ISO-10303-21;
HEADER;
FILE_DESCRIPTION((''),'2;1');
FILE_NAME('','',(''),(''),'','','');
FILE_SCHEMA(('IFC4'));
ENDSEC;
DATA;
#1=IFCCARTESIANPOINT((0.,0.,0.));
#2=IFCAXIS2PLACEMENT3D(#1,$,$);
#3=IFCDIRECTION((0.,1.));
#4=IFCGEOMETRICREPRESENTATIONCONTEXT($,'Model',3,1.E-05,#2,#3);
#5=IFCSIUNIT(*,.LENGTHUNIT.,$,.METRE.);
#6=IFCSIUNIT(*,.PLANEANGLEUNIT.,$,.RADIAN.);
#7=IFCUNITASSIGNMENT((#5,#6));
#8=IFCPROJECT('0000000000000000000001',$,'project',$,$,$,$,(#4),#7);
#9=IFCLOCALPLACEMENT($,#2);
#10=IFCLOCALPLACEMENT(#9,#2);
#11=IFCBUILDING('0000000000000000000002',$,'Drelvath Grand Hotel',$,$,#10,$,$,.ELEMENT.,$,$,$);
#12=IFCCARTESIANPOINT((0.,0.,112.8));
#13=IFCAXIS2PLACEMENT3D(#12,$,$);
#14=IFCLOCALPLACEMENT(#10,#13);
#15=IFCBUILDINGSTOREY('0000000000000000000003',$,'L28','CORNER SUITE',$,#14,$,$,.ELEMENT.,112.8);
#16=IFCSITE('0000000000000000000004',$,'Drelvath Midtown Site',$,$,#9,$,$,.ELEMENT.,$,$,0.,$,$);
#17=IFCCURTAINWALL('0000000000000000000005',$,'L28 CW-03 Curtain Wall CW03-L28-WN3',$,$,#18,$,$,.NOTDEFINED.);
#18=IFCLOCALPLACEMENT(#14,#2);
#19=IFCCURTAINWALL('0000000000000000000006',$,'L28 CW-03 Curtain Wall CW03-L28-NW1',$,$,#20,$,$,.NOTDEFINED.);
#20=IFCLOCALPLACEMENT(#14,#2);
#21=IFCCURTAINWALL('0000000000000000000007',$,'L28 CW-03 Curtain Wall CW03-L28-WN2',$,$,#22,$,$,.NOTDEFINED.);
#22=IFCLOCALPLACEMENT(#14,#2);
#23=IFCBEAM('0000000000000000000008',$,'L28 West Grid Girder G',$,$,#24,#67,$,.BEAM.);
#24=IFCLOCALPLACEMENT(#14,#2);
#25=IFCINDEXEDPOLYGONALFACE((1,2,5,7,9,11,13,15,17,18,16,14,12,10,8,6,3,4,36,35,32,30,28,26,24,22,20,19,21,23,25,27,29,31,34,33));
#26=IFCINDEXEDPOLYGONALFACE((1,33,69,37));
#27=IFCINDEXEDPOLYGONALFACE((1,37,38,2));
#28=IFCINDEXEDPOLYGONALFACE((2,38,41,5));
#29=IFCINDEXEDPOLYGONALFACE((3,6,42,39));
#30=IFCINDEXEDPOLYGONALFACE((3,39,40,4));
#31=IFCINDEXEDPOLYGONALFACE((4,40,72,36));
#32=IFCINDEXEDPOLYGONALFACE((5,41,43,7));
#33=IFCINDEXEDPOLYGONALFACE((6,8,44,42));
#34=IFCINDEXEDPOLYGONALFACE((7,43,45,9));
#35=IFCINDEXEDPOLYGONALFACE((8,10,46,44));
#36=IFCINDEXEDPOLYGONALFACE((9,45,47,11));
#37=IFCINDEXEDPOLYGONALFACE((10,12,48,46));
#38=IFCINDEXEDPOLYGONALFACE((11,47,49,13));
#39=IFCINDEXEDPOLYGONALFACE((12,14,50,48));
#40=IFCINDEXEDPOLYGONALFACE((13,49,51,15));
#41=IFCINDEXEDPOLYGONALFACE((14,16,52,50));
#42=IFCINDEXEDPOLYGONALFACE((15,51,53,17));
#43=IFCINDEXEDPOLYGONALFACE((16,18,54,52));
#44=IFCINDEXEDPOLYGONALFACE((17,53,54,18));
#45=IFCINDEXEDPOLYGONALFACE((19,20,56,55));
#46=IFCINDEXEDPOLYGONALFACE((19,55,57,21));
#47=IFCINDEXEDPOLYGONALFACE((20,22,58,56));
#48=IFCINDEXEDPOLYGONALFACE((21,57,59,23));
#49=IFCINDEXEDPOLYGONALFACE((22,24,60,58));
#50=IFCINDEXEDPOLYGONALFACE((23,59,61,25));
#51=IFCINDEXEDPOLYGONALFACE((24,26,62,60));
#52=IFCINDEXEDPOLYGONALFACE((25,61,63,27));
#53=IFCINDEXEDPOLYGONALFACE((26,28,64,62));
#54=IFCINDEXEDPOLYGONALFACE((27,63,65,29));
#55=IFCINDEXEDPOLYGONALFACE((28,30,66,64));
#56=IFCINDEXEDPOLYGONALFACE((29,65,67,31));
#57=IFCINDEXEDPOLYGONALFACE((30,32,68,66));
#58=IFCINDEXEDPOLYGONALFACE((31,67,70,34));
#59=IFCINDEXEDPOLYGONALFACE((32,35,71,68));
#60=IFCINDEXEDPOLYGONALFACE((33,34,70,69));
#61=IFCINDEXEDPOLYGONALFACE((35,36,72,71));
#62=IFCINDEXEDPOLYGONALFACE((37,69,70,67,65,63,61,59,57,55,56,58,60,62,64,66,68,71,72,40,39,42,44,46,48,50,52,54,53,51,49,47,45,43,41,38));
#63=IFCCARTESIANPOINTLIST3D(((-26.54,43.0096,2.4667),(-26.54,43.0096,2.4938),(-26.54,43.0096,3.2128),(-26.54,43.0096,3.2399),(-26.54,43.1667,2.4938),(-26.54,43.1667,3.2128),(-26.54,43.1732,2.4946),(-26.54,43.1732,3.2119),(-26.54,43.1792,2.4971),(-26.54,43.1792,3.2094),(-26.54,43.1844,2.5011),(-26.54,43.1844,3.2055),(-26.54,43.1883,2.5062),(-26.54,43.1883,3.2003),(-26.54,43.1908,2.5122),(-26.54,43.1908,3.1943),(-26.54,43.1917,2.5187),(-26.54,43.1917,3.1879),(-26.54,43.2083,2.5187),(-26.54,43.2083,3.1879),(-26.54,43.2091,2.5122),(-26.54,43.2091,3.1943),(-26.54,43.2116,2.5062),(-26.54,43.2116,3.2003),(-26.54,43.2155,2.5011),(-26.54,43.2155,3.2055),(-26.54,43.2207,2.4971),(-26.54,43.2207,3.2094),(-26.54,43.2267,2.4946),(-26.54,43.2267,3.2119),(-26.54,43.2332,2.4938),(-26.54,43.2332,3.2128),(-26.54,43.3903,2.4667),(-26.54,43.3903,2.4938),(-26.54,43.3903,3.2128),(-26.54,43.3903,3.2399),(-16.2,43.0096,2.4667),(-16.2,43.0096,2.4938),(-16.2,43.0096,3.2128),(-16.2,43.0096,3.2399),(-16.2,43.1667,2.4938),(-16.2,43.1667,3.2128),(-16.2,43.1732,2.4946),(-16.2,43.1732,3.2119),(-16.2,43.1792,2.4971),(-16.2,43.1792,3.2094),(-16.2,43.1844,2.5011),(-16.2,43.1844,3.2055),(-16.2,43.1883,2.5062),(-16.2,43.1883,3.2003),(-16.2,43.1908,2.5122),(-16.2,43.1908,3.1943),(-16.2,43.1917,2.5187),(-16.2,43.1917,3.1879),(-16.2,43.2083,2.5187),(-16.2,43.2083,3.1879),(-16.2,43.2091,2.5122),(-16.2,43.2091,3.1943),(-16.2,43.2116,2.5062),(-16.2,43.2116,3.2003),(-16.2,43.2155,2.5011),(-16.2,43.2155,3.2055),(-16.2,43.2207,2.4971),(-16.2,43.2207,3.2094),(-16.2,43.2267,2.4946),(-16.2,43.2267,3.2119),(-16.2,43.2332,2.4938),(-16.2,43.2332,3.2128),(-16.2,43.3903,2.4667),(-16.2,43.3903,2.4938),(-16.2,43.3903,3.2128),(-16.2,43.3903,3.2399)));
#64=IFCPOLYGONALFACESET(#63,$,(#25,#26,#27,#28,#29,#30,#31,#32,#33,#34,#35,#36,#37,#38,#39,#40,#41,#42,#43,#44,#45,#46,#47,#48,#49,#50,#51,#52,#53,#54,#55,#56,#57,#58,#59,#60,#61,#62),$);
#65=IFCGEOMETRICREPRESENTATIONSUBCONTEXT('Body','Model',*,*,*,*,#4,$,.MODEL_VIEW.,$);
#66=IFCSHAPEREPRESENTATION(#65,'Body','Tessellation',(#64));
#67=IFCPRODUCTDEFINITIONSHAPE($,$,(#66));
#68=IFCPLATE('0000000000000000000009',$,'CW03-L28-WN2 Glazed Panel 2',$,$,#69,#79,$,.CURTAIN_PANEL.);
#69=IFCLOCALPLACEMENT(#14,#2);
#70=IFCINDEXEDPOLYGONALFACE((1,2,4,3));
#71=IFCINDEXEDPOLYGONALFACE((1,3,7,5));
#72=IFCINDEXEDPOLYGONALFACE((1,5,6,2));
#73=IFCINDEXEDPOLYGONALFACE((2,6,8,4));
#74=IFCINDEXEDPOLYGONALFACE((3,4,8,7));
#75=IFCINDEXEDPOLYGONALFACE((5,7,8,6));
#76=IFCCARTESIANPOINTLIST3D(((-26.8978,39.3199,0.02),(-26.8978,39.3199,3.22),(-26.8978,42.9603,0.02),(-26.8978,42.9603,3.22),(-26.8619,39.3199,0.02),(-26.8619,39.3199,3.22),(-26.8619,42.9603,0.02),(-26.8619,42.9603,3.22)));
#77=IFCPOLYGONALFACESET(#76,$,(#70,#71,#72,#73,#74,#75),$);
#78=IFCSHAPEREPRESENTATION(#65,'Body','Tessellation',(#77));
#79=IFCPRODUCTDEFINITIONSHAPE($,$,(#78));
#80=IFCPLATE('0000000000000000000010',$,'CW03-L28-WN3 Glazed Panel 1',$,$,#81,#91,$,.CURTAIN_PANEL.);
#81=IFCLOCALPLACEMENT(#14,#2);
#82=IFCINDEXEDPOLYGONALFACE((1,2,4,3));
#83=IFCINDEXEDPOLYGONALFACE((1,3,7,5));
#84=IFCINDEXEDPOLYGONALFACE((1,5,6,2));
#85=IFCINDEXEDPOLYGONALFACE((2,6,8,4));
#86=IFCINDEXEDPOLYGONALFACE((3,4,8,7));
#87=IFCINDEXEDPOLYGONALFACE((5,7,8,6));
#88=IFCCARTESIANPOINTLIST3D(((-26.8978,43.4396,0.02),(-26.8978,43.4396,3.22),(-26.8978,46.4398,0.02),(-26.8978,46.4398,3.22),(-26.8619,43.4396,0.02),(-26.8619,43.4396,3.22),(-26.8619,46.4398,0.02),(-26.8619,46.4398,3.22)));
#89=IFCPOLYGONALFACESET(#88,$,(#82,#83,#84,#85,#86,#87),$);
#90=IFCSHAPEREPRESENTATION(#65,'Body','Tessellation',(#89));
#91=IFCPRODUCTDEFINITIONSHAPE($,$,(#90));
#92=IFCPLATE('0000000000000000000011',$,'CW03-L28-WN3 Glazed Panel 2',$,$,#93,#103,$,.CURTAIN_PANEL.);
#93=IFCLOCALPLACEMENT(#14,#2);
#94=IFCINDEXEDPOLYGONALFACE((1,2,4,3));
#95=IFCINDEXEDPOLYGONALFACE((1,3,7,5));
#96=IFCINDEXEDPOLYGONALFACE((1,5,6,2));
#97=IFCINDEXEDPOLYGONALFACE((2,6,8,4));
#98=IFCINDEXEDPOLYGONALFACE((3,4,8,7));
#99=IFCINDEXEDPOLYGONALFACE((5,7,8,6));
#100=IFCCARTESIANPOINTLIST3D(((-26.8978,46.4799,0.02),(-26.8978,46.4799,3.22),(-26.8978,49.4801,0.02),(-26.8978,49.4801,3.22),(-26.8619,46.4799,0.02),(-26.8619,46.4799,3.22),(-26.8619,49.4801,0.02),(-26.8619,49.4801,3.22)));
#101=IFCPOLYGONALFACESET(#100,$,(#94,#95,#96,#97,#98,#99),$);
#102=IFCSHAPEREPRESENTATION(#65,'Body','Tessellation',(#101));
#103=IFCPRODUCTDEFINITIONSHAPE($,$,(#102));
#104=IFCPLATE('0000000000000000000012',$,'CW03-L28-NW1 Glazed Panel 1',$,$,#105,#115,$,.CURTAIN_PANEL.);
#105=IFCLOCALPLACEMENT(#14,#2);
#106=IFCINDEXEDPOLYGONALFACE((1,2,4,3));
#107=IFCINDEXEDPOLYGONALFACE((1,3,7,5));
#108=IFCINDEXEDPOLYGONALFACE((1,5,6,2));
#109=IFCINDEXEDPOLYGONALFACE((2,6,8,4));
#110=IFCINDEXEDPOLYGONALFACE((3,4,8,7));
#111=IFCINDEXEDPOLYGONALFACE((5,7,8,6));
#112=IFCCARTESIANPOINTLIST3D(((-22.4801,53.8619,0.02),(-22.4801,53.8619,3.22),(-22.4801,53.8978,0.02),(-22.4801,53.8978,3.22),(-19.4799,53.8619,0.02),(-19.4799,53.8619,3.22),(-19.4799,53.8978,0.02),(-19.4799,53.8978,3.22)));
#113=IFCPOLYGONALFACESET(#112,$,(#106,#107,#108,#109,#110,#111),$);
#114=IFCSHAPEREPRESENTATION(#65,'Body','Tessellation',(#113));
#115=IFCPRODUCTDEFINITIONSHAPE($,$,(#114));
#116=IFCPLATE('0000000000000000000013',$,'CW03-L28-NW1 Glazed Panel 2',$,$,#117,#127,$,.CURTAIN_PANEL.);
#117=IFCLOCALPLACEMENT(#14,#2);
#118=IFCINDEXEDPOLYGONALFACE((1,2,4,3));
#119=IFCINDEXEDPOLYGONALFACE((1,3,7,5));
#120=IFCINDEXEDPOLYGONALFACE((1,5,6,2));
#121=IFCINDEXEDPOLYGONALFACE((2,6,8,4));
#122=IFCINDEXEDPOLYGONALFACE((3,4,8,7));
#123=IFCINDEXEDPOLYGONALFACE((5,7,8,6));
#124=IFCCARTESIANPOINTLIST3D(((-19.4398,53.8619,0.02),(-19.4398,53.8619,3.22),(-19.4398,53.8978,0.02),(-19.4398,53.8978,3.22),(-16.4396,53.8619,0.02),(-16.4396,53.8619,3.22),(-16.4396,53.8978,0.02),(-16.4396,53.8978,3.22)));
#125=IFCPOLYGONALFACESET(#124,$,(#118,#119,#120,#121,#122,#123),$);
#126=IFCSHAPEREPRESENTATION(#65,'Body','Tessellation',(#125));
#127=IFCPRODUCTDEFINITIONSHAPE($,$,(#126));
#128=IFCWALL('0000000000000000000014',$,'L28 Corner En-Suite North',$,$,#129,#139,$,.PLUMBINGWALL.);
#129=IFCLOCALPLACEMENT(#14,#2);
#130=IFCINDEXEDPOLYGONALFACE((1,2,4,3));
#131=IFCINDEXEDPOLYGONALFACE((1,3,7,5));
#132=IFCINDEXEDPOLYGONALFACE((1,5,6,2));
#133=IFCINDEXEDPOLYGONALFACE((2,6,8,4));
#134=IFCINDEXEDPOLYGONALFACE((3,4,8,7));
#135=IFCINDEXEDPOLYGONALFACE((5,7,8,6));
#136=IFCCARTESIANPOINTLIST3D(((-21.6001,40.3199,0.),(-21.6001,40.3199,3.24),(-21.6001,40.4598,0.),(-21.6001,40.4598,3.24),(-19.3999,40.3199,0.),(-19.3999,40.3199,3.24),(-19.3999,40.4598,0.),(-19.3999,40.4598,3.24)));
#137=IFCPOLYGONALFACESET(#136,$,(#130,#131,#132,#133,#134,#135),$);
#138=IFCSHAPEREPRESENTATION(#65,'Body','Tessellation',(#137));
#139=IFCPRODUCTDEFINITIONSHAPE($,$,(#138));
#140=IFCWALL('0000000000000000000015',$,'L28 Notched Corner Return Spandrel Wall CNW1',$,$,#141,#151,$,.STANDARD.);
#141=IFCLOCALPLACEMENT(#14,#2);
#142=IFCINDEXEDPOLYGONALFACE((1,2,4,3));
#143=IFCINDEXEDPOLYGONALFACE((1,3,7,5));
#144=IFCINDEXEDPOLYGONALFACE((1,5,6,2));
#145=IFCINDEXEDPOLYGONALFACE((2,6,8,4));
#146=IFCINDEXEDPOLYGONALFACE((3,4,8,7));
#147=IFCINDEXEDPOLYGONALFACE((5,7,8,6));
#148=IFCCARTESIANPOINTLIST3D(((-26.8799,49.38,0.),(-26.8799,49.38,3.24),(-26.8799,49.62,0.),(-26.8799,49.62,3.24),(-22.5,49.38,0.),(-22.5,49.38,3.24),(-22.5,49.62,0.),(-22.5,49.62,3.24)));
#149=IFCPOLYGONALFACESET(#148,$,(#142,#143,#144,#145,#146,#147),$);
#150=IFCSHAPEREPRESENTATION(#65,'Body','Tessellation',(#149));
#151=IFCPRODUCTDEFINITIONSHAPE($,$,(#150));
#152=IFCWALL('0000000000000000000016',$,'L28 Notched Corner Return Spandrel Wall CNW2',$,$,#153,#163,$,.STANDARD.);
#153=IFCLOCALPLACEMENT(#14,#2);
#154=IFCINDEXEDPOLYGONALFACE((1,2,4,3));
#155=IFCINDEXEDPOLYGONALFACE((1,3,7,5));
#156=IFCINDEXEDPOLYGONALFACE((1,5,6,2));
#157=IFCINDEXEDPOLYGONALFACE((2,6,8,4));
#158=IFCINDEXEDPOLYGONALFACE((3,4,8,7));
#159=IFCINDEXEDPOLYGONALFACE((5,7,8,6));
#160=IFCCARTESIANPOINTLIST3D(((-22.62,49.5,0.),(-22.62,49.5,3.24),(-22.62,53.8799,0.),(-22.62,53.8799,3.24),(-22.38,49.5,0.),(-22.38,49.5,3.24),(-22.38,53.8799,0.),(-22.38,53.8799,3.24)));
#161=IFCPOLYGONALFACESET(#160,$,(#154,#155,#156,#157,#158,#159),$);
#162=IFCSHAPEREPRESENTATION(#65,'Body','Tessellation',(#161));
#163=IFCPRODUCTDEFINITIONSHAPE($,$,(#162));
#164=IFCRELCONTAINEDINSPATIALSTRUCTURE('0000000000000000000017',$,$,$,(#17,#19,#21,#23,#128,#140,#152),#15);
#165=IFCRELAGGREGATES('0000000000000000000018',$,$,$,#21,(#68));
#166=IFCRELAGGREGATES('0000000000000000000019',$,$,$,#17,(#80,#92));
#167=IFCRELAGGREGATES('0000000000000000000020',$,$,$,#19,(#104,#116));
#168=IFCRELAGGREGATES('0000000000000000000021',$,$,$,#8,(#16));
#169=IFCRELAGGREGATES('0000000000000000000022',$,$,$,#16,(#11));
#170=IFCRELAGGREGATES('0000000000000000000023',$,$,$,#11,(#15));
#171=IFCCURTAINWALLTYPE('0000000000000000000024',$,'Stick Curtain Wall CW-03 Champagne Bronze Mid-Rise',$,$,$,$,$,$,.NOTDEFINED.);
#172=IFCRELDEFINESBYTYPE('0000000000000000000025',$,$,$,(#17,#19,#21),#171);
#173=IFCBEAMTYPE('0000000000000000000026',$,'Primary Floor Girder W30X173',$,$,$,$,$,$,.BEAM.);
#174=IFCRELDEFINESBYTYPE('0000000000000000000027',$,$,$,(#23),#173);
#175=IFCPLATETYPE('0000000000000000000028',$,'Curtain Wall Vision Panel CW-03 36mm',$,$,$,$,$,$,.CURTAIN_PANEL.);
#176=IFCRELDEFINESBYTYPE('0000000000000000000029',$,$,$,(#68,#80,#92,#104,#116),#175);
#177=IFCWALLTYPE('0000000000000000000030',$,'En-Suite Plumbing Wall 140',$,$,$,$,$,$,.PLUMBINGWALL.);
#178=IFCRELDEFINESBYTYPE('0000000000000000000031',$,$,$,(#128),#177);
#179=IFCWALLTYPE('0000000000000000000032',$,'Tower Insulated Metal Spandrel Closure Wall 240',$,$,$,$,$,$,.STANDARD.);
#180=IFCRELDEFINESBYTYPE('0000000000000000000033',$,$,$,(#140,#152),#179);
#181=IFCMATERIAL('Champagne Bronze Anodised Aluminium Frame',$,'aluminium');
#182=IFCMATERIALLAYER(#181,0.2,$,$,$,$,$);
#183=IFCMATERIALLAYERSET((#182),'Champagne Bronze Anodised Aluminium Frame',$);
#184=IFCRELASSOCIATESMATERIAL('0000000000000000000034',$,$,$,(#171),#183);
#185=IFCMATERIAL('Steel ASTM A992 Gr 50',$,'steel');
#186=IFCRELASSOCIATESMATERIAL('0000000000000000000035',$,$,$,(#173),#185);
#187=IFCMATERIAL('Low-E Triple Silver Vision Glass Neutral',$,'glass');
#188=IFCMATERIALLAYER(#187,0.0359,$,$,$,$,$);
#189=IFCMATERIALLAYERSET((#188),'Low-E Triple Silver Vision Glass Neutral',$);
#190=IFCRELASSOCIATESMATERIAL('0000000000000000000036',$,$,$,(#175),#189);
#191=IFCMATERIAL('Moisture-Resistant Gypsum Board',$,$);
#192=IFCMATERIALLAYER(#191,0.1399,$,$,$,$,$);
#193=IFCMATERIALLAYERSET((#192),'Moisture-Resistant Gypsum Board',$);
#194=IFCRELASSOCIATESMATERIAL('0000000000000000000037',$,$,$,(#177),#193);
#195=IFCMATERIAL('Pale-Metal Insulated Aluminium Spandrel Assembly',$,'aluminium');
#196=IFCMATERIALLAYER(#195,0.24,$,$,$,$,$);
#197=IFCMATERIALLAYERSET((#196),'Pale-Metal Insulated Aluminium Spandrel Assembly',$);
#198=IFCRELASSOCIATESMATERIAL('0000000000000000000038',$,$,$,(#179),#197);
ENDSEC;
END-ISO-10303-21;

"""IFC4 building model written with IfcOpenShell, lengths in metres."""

from ifc_helpers import new_model, si_unit, direction, frame, frame_2d, origin, origin_2d, place, context, subcontext, project, spatial, rectangle, i_section, extrude, material, layer, layer_set, material_profile, profile_set, type_object, element, aggregate, save


model = new_model("IFC4")

# Units and contexts
model_context = context("Model", 3, precision=1e-05, world=origin(), true_north=direction((0.0, 1.0)))
body_context = subcontext(model_context, "Body", "Model", "MODEL_VIEW")
ifc_project = project(units=[si_unit("LENGTHUNIT", "METRE"), si_unit("PLANEANGLEUNIT", "RADIAN")], contexts=[model_context])

# Site, building, storey
site_placement = place(None, origin())
site = spatial("IfcSite", under=ifc_project, at=site_placement, Name="Drelvath Midtown Site", CompositionType="ELEMENT", RefElevation=0.0)
building_placement = place(site_placement, origin())
building = spatial("IfcBuilding", under=site, at=building_placement, Name="Drelvath Grand Hotel", CompositionType="ELEMENT")
storey_placement = place(building_placement, frame((0.0, 0.0, 112.8)))
storey = spatial("IfcBuildingStorey", under=building, at=storey_placement, Name="L28", Description="CORNER SUITE", CompositionType="ELEMENT", Elevation=112.8)

# Shared definitions
ifc_material_1 = material(Name="Steel ASTM A992 Gr 50", Category="steel")

# Curtain walls
ifc_material_2 = material(Name="Champagne Bronze Anodised Aluminium Frame", Category="aluminium")
ifc_layer_1 = layer(ifc_material_2, 0.2)
ifc_layer_set_1 = layer_set([ifc_layer_1], Name="Champagne Bronze Anodised Aluminium Frame")
curtain_wall_type = type_object("IfcCurtainWallType", Name="Stick Curtain Wall CW-03 Champagne Bronze Mid-Rise", PredefinedType="NOTDEFINED", material=ifc_layer_set_1)
curtain_wall_1_placement = place(storey_placement, origin())
curtain_wall_1 = element("IfcCurtainWall", 1, at=curtain_wall_1_placement, inside=storey, type_object=curtain_wall_type, Name="L28 CW-03 Curtain Wall CW03-L28-WN3", PredefinedType="NOTDEFINED")
curtain_wall_2_placement = place(storey_placement, origin())
curtain_wall_2 = element("IfcCurtainWall", 2, at=curtain_wall_2_placement, inside=storey, type_object=curtain_wall_type, Name="L28 CW-03 Curtain Wall CW03-L28-NW1", PredefinedType="NOTDEFINED")

# Curtain wall
curtain_wall_3_placement = place(storey_placement, origin())
curtain_wall_3 = element("IfcCurtainWall", 3, at=curtain_wall_3_placement, inside=storey, type_object=curtain_wall_type, Name="L28 CW-03 Curtain Wall CW03-L28-WN2", PredefinedType="NOTDEFINED")

# Beam
ifc_material_profile_1 = material_profile(ifc_material_1, i_section(OverallWidth=0.3806, OverallDepth=0.7732, WebThickness=0.0166, FlangeThickness=0.0271, FilletRadius=0.0249, at=origin_2d()), Name="W30X173")
ifc_profile_set_1 = profile_set([ifc_material_profile_1], Name="Steel ASTM A992 Gr 50")
beam_type_1 = type_object("IfcBeamType", Name="Primary Floor Girder W30X173", PredefinedType="BEAM", material=ifc_profile_set_1)
beam_1_placement = place(storey_placement, frame((-26.54, 43.2, 2.8533), z_axis=(1.0, 0.0, 0.0), x_axis=(0.0, 1.0, 0.0)))
element("IfcBeam", 4, at=beam_1_placement, inside=storey, type_object=beam_type_1, Name="L28 West Grid Girder G", PredefinedType="BEAM", context=body_context, shape_type="SweptSolid", body=[
    extrude(i_section(OverallWidth=0.3806, OverallDepth=0.7732, WebThickness=0.0166, FlangeThickness=0.0271, FilletRadius=0.0249, at=origin_2d()), origin(), (0.0, 0.0, 1.0), 10.3401),
])

# Plates
ifc_material_3 = material(Name="Low-E Triple Silver Vision Glass Neutral", Category="glass")
ifc_layer_2 = layer(ifc_material_3, 0.0359)
ifc_layer_set_2 = layer_set([ifc_layer_2], Name="Low-E Triple Silver Vision Glass Neutral")
plate_type = type_object("IfcPlateType", Name="Curtain Wall Vision Panel CW-03 36mm", PredefinedType="CURTAIN_PANEL", material=ifc_layer_set_2)
plate_1_placement = place(storey_placement, frame((-26.8799, 41.1401, 0.02), z_axis=(0.0, 0.0, 1.0), x_axis=(0.0, 1.0, 0.0)))
plate_1 = element("IfcPlate", 5, at=plate_1_placement, type_object=plate_type, Name="CW03-L28-WN2 Glazed Panel 2", PredefinedType="CURTAIN_PANEL", context=body_context, shape_type="SweptSolid", body=[
    extrude(rectangle(XDim=3.6404, YDim=0.0359, at=origin_2d()), origin(), (0.0, 0.0, 1.0), 3.2),
])
aggregate(curtain_wall_3, [plate_1])
plate_2_placement = place(storey_placement, frame((-26.8799, 44.9397, 0.02), z_axis=(0.0, 0.0, 1.0), x_axis=(0.0, 1.0, 0.0)))
plate_2 = element("IfcPlate", 6, at=plate_2_placement, type_object=plate_type, Name="CW03-L28-WN3 Glazed Panel 1", PredefinedType="CURTAIN_PANEL", context=body_context, shape_type="SweptSolid", body=[
    extrude(rectangle(XDim=3.0002, YDim=0.0359, at=origin_2d()), origin(), (0.0, 0.0, 1.0), 3.2),
])
plate_3_placement = place(storey_placement, frame((-26.8799, 47.98, 0.02), z_axis=(0.0, 0.0, 1.0), x_axis=(0.0, 1.0, 0.0)))
plate_3 = element("IfcPlate", 7, at=plate_3_placement, type_object=plate_type, Name="CW03-L28-WN3 Glazed Panel 2", PredefinedType="CURTAIN_PANEL", context=body_context, shape_type="SweptSolid", body=[
    extrude(rectangle(XDim=3.0002, YDim=0.0359, at=origin_2d()), origin(), (0.0, 0.0, 1.0), 3.2),
])
aggregate(curtain_wall_1, [plate_2, plate_3])
plate_4_placement = place(storey_placement, frame((-20.98, 53.8799, 0.02), z_axis=(0.0, 0.0, 1.0), x_axis=(1.0, 0.0, 0.0)))
plate_4 = element("IfcPlate", 8, at=plate_4_placement, type_object=plate_type, Name="CW03-L28-NW1 Glazed Panel 1", PredefinedType="CURTAIN_PANEL", context=body_context, shape_type="SweptSolid", body=[
    extrude(rectangle(XDim=3.0002, YDim=0.0359, at=origin_2d()), origin(), (0.0, 0.0, 1.0), 3.2),
])
plate_5_placement = place(storey_placement, frame((-17.9397, 53.8799, 0.02), z_axis=(0.0, 0.0, 1.0), x_axis=(1.0, 0.0, 0.0)))
plate_5 = element("IfcPlate", 9, at=plate_5_placement, type_object=plate_type, Name="CW03-L28-NW1 Glazed Panel 2", PredefinedType="CURTAIN_PANEL", context=body_context, shape_type="SweptSolid", body=[
    extrude(rectangle(XDim=3.0002, YDim=0.0359, at=origin_2d()), origin(), (0.0, 0.0, 1.0), 3.2),
])
aggregate(curtain_wall_2, [plate_4, plate_5])

# Walls
ifc_material_4 = material(Name="Moisture-Resistant Gypsum Board")
ifc_layer_3 = layer(ifc_material_4, 0.1399)
ifc_layer_set_3 = layer_set([ifc_layer_3], Name="Moisture-Resistant Gypsum Board")
wall_type_1 = type_object("IfcWallType", Name="En-Suite Plumbing Wall 140", PredefinedType="PLUMBINGWALL", material=ifc_layer_set_3)
wall_placement = place(storey_placement, frame((-21.6001, 40.3899, 0.0), z_axis=(0.0, 0.0, 1.0), x_axis=(1.0, 0.0, 0.0)))
element("IfcWall", 10, at=wall_placement, inside=storey, type_object=wall_type_1, Name="L28 Corner En-Suite North", PredefinedType="PLUMBINGWALL", context=body_context, shape_type="SweptSolid", body=[
    extrude(rectangle(XDim=2.2002, YDim=0.1399, at=frame_2d((1.1001, 0.0))), origin(), (0.0, 0.0, 1.0), 3.24),
])
ifc_material_5 = material(Name="Pale-Metal Insulated Aluminium Spandrel Assembly", Category="aluminium")
ifc_layer_4 = layer(ifc_material_5, 0.24)
ifc_layer_set_4 = layer_set([ifc_layer_4], Name="Pale-Metal Insulated Aluminium Spandrel Assembly")
wall_type_2 = type_object("IfcWallType", Name="Tower Insulated Metal Spandrel Closure Wall 240", PredefinedType="STANDARD", material=ifc_layer_set_4)
for number, where, z_axis, x_axis, name in (
    (11, (-26.8799, 49.5, 0.0), (0.0, 0.0, 1.0), (1.0, 0.0, 0.0), "L28 Notched Corner Return Spandrel Wall CNW1"),
    (12, (-22.5, 49.5, 0.0), (0.0, 0.0, 1.0), (0.0, 1.0, 0.0), "L28 Notched Corner Return Spandrel Wall CNW2"),
):
    element("IfcWall", number, at=place(storey_placement, frame(where, z_axis=z_axis, x_axis=x_axis)), inside=storey, type_object=wall_type_2, Name=name, PredefinedType="STANDARD", context=body_context, shape_type="SweptSolid", body=[
        extrude(rectangle(XDim=4.3799, YDim=0.24, at=frame_2d((2.1899, 0.0))), origin(), (0.0, 0.0, 1.0), 3.24),
    ])

save(model, "model.ifc")
